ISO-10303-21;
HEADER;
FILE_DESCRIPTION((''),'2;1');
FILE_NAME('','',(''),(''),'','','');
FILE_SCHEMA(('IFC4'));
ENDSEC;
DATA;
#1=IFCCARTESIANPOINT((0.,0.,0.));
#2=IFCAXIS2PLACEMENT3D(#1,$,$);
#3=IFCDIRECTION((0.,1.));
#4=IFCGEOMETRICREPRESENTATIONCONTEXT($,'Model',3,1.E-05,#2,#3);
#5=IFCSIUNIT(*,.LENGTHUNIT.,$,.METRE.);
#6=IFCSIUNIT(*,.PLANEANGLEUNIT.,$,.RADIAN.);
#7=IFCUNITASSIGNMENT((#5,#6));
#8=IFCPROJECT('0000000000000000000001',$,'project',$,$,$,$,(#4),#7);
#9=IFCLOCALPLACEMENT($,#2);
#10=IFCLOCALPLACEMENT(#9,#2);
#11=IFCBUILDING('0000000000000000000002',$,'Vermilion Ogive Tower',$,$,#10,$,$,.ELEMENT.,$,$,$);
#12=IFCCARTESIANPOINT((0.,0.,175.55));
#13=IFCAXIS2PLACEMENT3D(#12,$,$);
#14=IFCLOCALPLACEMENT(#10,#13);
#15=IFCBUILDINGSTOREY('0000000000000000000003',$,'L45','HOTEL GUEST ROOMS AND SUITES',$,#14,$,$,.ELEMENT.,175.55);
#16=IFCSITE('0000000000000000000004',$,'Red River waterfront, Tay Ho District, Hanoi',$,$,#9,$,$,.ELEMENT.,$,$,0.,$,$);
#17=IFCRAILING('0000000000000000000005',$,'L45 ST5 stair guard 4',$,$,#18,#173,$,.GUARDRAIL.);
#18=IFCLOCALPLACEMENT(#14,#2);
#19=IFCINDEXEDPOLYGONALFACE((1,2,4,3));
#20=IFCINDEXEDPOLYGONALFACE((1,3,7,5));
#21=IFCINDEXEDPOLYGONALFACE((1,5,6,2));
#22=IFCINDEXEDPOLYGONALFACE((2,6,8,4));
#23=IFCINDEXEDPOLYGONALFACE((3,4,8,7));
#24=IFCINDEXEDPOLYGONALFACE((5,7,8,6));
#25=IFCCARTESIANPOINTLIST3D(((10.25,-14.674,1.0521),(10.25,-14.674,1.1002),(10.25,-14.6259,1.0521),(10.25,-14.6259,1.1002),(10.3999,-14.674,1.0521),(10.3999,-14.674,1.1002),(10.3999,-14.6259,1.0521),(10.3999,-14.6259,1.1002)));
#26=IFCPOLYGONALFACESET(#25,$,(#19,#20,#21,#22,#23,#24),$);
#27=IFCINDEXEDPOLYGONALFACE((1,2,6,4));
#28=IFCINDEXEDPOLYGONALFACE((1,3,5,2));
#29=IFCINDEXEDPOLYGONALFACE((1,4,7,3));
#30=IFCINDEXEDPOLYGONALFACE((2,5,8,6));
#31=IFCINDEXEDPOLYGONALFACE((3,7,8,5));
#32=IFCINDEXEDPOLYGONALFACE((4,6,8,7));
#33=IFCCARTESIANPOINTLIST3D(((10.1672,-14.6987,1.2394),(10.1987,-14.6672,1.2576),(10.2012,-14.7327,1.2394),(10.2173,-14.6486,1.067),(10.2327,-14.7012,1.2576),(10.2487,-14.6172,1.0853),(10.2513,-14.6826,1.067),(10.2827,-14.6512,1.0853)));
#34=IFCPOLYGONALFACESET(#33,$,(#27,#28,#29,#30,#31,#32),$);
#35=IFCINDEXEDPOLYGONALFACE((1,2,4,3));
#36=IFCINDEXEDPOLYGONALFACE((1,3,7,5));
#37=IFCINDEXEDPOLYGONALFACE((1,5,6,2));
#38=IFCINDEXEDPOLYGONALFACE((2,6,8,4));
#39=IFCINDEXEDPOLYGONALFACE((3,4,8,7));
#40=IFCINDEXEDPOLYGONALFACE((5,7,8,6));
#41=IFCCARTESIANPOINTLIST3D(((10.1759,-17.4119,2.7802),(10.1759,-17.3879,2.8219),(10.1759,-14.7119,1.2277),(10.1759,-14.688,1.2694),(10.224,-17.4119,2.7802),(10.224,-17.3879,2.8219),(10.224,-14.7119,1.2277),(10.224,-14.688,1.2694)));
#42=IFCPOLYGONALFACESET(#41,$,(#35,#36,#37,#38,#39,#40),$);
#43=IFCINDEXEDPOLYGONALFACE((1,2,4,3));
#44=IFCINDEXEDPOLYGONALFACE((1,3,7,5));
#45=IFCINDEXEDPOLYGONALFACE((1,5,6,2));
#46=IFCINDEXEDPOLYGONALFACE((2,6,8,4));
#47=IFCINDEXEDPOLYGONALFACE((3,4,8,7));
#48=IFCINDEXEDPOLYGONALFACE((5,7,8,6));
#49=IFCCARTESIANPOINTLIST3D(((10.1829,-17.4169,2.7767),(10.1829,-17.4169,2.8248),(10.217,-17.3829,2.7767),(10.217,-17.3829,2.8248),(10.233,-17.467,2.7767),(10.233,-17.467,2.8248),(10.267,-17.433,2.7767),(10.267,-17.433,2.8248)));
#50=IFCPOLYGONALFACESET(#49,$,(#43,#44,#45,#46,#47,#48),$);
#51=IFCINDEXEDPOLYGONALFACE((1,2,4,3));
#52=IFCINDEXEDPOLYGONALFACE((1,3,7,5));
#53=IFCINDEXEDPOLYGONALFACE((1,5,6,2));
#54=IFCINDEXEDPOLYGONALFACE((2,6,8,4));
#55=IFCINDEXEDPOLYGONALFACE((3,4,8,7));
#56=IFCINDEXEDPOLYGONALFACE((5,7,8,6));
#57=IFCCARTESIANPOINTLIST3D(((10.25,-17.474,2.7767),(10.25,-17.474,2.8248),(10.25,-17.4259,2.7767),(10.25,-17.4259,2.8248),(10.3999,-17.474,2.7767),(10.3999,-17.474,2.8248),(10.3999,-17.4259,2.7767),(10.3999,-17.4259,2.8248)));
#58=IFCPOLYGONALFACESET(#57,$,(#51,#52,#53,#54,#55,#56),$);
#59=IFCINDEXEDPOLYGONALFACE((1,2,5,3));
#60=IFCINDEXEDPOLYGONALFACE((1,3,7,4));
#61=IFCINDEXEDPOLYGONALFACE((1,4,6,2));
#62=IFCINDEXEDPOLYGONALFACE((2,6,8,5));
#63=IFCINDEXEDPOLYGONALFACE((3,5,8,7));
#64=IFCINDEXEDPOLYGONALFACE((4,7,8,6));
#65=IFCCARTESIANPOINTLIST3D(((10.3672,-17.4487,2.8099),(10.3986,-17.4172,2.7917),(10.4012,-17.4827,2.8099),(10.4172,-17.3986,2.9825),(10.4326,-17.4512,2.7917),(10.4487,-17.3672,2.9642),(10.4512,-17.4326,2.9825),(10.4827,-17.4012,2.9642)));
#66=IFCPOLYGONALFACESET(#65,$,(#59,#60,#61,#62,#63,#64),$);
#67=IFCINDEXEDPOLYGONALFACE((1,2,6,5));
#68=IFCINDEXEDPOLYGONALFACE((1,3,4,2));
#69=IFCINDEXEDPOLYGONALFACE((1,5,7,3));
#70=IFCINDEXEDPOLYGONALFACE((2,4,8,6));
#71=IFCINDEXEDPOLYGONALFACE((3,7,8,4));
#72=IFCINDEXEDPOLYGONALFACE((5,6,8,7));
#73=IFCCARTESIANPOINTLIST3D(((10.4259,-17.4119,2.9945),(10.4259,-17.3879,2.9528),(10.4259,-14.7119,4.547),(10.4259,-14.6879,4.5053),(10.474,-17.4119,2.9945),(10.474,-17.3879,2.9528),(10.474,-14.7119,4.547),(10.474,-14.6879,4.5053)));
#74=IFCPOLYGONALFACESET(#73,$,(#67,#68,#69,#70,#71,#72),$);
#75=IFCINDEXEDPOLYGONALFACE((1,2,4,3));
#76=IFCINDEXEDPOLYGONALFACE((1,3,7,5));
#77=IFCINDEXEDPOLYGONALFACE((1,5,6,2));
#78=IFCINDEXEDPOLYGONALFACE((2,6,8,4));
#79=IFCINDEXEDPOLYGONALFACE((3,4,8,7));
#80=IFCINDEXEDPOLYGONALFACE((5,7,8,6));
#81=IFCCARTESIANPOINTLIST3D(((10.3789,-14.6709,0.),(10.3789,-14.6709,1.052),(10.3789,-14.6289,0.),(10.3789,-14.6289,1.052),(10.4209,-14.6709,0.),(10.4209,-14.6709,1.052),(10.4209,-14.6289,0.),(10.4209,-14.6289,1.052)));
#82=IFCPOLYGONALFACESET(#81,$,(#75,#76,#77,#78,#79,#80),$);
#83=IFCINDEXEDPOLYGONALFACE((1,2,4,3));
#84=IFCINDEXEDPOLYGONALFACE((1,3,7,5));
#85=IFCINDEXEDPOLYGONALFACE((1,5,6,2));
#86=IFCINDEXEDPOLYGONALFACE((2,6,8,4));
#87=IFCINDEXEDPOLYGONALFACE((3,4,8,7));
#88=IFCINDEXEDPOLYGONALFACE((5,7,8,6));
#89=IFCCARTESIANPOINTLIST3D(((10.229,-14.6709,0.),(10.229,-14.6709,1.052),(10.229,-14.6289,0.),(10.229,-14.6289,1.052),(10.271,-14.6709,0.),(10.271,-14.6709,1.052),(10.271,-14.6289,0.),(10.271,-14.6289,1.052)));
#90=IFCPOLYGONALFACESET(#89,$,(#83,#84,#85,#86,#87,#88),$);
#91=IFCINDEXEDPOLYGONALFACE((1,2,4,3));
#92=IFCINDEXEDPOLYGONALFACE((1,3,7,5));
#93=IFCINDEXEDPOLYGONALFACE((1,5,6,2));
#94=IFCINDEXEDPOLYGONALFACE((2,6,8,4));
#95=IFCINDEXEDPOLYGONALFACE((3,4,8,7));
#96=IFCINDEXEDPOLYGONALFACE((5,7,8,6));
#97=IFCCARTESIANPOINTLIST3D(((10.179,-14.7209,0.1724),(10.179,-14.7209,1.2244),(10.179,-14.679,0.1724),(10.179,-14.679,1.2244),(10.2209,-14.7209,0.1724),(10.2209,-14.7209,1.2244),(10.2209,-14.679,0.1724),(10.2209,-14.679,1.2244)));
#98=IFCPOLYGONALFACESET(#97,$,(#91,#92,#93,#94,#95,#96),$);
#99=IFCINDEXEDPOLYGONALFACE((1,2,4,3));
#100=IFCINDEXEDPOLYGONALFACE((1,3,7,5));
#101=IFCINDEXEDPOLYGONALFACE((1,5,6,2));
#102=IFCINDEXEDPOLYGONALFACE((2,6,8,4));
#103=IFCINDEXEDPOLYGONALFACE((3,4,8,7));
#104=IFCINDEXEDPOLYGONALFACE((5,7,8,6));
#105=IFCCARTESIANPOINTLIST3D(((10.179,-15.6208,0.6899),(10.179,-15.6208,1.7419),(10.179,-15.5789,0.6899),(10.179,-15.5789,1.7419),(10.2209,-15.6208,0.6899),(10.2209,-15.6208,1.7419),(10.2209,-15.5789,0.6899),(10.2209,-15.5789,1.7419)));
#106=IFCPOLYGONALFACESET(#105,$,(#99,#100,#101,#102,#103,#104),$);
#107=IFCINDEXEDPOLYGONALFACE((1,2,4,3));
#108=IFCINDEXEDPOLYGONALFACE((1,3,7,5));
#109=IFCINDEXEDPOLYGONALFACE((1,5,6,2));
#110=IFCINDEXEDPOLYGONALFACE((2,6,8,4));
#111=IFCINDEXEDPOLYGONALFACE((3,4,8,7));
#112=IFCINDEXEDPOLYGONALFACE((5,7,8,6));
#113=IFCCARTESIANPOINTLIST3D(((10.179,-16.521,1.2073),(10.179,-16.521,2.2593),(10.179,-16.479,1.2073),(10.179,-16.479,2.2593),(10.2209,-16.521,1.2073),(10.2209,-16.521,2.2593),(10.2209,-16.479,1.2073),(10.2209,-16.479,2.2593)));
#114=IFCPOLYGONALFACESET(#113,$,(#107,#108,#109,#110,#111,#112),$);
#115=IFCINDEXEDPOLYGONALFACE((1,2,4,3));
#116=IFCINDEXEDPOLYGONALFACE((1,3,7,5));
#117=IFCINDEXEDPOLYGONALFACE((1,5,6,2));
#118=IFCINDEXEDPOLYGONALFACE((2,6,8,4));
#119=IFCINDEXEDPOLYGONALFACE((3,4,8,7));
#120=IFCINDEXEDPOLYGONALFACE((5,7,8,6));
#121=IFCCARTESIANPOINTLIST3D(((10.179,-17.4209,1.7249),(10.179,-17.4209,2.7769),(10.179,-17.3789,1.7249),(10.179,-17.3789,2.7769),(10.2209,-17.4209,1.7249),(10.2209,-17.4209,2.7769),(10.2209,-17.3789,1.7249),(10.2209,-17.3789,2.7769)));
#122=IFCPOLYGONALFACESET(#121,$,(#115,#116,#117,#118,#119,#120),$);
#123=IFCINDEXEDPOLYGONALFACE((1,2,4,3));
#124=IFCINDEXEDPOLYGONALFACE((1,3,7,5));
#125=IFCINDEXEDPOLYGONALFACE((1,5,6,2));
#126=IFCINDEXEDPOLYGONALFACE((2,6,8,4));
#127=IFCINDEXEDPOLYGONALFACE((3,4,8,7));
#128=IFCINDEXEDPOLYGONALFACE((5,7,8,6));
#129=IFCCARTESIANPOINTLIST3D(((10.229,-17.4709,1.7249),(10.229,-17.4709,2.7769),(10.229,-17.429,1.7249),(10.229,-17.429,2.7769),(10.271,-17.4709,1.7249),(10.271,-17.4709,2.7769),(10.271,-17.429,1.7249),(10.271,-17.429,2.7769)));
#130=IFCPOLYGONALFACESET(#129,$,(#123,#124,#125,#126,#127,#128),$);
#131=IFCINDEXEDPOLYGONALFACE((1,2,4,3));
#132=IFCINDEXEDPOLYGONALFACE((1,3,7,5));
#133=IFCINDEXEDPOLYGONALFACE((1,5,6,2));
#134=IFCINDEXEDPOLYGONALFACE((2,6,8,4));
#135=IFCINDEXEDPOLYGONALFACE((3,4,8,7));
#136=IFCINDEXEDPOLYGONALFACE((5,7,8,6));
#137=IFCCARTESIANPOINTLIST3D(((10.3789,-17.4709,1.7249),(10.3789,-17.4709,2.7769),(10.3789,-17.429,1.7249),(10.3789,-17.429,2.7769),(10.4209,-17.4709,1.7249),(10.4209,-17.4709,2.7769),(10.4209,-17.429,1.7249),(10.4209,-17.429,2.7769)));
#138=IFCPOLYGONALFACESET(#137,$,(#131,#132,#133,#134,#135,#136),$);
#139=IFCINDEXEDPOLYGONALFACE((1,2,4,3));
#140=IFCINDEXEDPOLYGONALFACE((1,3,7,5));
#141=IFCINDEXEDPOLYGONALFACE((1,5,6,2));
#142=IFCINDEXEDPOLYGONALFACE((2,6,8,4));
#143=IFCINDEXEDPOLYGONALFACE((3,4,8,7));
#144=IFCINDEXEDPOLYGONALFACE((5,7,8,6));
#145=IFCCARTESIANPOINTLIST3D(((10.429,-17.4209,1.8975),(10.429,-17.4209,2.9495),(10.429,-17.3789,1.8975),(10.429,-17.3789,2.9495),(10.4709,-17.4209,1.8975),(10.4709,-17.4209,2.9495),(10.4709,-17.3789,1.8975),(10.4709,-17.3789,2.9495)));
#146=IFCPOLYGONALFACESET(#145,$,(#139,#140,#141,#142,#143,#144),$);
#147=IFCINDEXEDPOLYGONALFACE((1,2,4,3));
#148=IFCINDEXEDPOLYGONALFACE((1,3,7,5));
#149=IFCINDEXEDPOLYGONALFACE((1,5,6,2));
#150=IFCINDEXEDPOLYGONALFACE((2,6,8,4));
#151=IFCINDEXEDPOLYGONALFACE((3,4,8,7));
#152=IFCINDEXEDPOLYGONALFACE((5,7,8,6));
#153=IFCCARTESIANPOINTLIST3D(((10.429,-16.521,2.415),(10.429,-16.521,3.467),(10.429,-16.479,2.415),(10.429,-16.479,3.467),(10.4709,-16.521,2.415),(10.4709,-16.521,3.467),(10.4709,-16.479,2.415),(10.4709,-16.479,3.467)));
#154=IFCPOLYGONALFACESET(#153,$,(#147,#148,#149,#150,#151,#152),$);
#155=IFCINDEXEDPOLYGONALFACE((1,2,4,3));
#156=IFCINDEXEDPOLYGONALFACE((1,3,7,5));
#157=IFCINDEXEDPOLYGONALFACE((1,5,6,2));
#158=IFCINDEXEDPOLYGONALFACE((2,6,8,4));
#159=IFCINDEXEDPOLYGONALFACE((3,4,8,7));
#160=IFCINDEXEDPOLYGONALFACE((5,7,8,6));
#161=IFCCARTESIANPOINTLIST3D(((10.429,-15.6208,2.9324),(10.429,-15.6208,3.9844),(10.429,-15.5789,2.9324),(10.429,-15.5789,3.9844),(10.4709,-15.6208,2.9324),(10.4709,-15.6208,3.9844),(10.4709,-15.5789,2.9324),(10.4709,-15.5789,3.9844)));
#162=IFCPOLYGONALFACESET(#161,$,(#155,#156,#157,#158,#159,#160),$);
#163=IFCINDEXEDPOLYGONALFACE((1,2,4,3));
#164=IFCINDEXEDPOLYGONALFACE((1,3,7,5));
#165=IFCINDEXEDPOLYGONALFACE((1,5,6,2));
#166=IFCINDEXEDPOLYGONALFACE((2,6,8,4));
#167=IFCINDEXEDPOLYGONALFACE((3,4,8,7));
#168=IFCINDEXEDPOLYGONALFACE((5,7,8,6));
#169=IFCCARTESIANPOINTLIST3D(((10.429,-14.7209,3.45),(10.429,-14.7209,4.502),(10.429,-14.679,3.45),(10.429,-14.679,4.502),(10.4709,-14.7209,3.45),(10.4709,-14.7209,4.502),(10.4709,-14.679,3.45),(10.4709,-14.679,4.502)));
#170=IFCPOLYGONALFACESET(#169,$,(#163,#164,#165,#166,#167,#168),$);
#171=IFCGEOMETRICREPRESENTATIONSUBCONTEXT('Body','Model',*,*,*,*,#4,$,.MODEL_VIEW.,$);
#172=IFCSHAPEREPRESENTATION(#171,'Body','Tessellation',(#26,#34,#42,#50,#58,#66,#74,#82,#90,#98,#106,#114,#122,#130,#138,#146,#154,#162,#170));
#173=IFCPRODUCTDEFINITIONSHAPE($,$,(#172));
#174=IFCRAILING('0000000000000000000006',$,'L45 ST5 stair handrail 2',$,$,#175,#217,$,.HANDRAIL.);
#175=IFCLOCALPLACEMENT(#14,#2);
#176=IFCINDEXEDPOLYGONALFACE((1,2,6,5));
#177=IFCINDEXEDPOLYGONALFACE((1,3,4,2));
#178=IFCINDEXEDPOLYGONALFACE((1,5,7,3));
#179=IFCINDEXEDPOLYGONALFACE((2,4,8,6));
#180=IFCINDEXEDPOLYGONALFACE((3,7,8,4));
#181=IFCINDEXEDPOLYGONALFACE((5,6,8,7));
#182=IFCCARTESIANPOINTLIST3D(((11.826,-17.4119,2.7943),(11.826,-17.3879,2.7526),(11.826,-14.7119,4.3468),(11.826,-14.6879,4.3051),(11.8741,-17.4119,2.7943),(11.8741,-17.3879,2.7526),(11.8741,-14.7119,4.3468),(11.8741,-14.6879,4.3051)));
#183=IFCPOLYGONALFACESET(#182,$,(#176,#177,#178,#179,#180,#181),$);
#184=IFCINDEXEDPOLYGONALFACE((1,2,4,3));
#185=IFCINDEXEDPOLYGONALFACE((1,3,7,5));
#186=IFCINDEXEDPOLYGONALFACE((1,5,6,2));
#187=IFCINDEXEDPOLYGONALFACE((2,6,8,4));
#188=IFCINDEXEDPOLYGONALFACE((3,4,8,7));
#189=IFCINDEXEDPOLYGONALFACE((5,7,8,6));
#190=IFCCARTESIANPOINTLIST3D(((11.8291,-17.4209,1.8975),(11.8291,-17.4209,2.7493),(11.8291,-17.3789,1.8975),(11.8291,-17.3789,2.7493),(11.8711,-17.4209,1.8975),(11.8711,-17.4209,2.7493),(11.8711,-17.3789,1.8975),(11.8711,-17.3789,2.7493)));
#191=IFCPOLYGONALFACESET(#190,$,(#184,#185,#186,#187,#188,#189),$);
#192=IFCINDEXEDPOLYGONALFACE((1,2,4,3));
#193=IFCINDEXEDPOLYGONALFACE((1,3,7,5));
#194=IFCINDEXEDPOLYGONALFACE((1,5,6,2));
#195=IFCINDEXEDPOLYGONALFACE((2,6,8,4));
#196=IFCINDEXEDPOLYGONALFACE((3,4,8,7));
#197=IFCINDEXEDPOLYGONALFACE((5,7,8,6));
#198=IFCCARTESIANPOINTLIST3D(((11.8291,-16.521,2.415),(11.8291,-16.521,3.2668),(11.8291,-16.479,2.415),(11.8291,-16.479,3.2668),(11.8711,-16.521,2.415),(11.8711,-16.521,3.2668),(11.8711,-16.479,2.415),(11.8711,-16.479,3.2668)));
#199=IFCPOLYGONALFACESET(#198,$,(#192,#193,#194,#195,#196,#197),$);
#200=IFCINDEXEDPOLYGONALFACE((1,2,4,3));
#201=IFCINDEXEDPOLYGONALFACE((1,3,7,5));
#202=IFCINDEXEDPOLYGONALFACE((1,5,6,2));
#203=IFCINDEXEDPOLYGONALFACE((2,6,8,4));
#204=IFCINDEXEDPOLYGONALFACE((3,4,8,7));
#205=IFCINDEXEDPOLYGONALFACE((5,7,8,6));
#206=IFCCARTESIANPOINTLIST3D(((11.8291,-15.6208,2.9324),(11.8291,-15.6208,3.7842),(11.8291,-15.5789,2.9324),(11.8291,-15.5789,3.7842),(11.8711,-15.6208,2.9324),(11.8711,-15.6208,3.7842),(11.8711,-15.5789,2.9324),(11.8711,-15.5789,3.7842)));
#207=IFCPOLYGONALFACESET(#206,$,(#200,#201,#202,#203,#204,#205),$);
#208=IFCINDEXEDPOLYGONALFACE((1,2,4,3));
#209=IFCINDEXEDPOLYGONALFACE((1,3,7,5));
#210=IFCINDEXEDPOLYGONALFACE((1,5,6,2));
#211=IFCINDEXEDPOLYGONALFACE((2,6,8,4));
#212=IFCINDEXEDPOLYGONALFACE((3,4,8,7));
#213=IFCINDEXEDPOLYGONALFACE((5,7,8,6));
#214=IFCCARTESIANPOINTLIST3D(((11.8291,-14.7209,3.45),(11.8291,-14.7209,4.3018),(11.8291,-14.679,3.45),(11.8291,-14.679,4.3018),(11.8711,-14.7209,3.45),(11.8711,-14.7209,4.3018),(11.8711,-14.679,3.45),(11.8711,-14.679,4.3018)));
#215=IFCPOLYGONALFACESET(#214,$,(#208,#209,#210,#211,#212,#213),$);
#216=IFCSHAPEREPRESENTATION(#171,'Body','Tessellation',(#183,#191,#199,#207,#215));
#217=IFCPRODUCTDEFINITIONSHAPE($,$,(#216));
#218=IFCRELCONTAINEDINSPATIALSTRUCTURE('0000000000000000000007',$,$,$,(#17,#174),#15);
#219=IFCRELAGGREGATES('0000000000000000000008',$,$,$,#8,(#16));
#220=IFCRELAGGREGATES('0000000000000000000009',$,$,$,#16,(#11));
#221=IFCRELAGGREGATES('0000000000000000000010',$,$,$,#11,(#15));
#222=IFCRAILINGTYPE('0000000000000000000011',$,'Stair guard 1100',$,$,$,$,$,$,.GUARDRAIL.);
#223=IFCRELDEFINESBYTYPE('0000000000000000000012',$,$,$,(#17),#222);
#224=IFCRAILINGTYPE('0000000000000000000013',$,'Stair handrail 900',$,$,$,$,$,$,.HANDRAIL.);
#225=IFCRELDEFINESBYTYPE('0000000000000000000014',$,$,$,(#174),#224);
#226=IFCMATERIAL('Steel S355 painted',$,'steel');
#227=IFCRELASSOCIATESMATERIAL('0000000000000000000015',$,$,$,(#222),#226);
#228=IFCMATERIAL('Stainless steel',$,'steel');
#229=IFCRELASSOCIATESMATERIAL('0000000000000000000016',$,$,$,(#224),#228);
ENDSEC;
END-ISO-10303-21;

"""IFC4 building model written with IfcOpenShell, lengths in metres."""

from ifc_helpers import new_model, si_unit, direction, frame, origin, origin_2d, place, context, subcontext, project, spatial, rectangle, extrude, material, type_object, element, save


model = new_model("IFC4")

# Units and contexts
model_context = context("Model", 3, precision=1e-05, world=origin(), true_north=direction((0.0, 1.0)))
body_context = subcontext(model_context, "Body", "Model", "MODEL_VIEW")
ifc_project = project(units=[si_unit("LENGTHUNIT", "METRE"), si_unit("PLANEANGLEUNIT", "RADIAN")], contexts=[model_context])

# Site, building, storey
site_placement = place(None, origin())
site = spatial("IfcSite", under=ifc_project, at=site_placement, Name="Red River waterfront, Tay Ho District, Hanoi", CompositionType="ELEMENT", RefElevation=0.0)
building_placement = place(site_placement, origin())
building = spatial("IfcBuilding", under=site, at=building_placement, Name="Vermilion Ogive Tower", CompositionType="ELEMENT")
storey_placement = place(building_placement, frame((0.0, 0.0, 175.55)))
storey = spatial("IfcBuildingStorey", under=building, at=storey_placement, Name="L45", Description="HOTEL GUEST ROOMS AND SUITES", CompositionType="ELEMENT", Elevation=175.55)

# Railings
ifc_material_1 = material(Name="Steel S355 painted", Category="steel")
railing_type_1 = type_object("IfcRailingType", Name="Stair guard 1100", PredefinedType="GUARDRAIL", material=ifc_material_1)
railing_1_placement = place(storey_placement, frame((10.3999, -14.6499, 0.0)))
element("IfcRailing", 1, at=railing_1_placement, inside=storey, type_object=railing_type_1, Name="L45 ST5 stair guard 4", PredefinedType="GUARDRAIL", context=body_context, shape_type="SweptSolid", body=[
    extrude(rectangle(XDim=0.0481, YDim=0.0481, at=origin_2d()), frame((0.0, 0.0, 1.0762), z_axis=(-1.0, 0.0, 0.0), x_axis=(0.0, -1.0, 0.0)), (0.0, 0.0, 1.0), 0.1499),
    extrude(rectangle(XDim=0.0481, YDim=0.0481, at=origin_2d()), frame((-0.1499, 0.0, 1.0762), z_axis=(-0.268603, -0.268603, 0.925043), x_axis=(0.707107, -0.707107, 0.0)), (0.0, 0.0, 1.0), 0.1863),
    extrude(rectangle(XDim=0.0481, YDim=0.0481, at=origin_2d()), frame((-0.2, -0.05, 1.2485), z_axis=(0.0, -0.866904, 0.498476), x_axis=(1.0, 0.0, 0.0)), (0.0, 0.0, 1.0), 3.1145),
    extrude(rectangle(XDim=0.0481, YDim=0.0481, at=origin_2d()), frame((-0.2, -2.75, 2.8008), z_axis=(0.707107, -0.707107, 0.0), x_axis=(0.707107, 0.707107, 0.0)), (0.0, 0.0, 1.0), 0.0708),
    extrude(rectangle(XDim=0.0481, YDim=0.0481, at=origin_2d()), frame((-0.1499, -2.8, 2.8008), z_axis=(1.0, 0.0, 0.0), x_axis=(0.0, 1.0, 0.0)), (0.0, 0.0, 1.0), 0.1499),
    extrude(rectangle(XDim=0.0481, YDim=0.0481, at=origin_2d()), frame((0.0, -2.8, 2.8008), z_axis=(0.268278, 0.268278, 0.925232), x_axis=(-0.707107, 0.707107, 0.0)), (0.0, 0.0, 1.0), 0.1865),
    extrude(rectangle(XDim=0.0481, YDim=0.0481, at=origin_2d()), frame((0.05, -2.75, 2.9736), z_axis=(0.0, 0.866904, 0.498476), x_axis=(-1.0, 0.0, 0.0)), (0.0, 0.0, 1.0), 3.1145),
    extrude(rectangle(XDim=0.042, YDim=0.042, at=origin_2d()), origin(), (0.0, 0.0, 1.0), 1.052),
    extrude(rectangle(XDim=0.042, YDim=0.042, at=origin_2d()), frame((-0.1499, 0.0, 0.0)), (0.0, 0.0, 1.0), 1.052),
    extrude(rectangle(XDim=0.042, YDim=0.042, at=origin_2d()), frame((-0.2, -0.05, 0.1724)), (0.0, 0.0, 1.0), 1.052),
    extrude(rectangle(XDim=0.042, YDim=0.042, at=origin_2d()), frame((-0.2, -0.95, 0.6899)), (0.0, 0.0, 1.0), 1.052),
    extrude(rectangle(XDim=0.042, YDim=0.042, at=origin_2d()), frame((-0.2, -1.8501, 1.2073)), (0.0, 0.0, 1.0), 1.052),
    extrude(rectangle(XDim=0.042, YDim=0.042, at=origin_2d()), frame((-0.2, -2.75, 1.7249)), (0.0, 0.0, 1.0), 1.052),
    extrude(rectangle(XDim=0.042, YDim=0.042, at=origin_2d()), frame((-0.1499, -2.8, 1.7249)), (0.0, 0.0, 1.0), 1.052),
    extrude(rectangle(XDim=0.042, YDim=0.042, at=origin_2d()), frame((0.0, -2.8, 1.7249)), (0.0, 0.0, 1.0), 1.052),
    extrude(rectangle(XDim=0.042, YDim=0.042, at=origin_2d()), frame((0.05, -2.75, 1.8975)), (0.0, 0.0, 1.0), 1.052),
    extrude(rectangle(XDim=0.042, YDim=0.042, at=origin_2d()), frame((0.05, -1.8501, 2.415)), (0.0, 0.0, 1.0), 1.052),
    extrude(rectangle(XDim=0.042, YDim=0.042, at=origin_2d()), frame((0.05, -0.95, 2.9324)), (0.0, 0.0, 1.0), 1.052),
    extrude(rectangle(XDim=0.042, YDim=0.042, at=origin_2d()), frame((0.05, -0.05, 3.45)), (0.0, 0.0, 1.0), 1.052),
])
ifc_material_2 = material(Name="Stainless steel", Category="steel")
railing_type_2 = type_object("IfcRailingType", Name="Stair handrail 900", PredefinedType="HANDRAIL", material=ifc_material_2)
railing_2_placement = place(storey_placement, frame((11.8501, -17.3999, 1.8975)))
element("IfcRailing", 2, at=railing_2_placement, inside=storey, type_object=railing_type_2, Name="L45 ST5 stair handrail 2", PredefinedType="HANDRAIL", context=body_context, shape_type="SweptSolid", body=[
    extrude(rectangle(XDim=0.0481, YDim=0.0481, at=origin_2d()), frame((0.0, 0.0, 0.876), z_axis=(0.0, 0.866904, 0.498476), x_axis=(-1.0, 0.0, 0.0)), (0.0, 0.0, 1.0), 3.1145),
    extrude(rectangle(XDim=0.042, YDim=0.042, at=origin_2d()), origin(), (0.0, 0.0, 1.0), 0.8518),
    extrude(rectangle(XDim=0.042, YDim=0.042, at=origin_2d()), frame((0.0, 0.8999, 0.5176)), (0.0, 0.0, 1.0), 0.8518),
    extrude(rectangle(XDim=0.042, YDim=0.042, at=origin_2d()), frame((0.0, 1.8, 1.0349)), (0.0, 0.0, 1.0), 0.8518),
    extrude(rectangle(XDim=0.042, YDim=0.042, at=origin_2d()), frame((0.0, 2.7, 1.5525)), (0.0, 0.0, 1.0), 0.8518),
])

save(model, "model.ifc")
